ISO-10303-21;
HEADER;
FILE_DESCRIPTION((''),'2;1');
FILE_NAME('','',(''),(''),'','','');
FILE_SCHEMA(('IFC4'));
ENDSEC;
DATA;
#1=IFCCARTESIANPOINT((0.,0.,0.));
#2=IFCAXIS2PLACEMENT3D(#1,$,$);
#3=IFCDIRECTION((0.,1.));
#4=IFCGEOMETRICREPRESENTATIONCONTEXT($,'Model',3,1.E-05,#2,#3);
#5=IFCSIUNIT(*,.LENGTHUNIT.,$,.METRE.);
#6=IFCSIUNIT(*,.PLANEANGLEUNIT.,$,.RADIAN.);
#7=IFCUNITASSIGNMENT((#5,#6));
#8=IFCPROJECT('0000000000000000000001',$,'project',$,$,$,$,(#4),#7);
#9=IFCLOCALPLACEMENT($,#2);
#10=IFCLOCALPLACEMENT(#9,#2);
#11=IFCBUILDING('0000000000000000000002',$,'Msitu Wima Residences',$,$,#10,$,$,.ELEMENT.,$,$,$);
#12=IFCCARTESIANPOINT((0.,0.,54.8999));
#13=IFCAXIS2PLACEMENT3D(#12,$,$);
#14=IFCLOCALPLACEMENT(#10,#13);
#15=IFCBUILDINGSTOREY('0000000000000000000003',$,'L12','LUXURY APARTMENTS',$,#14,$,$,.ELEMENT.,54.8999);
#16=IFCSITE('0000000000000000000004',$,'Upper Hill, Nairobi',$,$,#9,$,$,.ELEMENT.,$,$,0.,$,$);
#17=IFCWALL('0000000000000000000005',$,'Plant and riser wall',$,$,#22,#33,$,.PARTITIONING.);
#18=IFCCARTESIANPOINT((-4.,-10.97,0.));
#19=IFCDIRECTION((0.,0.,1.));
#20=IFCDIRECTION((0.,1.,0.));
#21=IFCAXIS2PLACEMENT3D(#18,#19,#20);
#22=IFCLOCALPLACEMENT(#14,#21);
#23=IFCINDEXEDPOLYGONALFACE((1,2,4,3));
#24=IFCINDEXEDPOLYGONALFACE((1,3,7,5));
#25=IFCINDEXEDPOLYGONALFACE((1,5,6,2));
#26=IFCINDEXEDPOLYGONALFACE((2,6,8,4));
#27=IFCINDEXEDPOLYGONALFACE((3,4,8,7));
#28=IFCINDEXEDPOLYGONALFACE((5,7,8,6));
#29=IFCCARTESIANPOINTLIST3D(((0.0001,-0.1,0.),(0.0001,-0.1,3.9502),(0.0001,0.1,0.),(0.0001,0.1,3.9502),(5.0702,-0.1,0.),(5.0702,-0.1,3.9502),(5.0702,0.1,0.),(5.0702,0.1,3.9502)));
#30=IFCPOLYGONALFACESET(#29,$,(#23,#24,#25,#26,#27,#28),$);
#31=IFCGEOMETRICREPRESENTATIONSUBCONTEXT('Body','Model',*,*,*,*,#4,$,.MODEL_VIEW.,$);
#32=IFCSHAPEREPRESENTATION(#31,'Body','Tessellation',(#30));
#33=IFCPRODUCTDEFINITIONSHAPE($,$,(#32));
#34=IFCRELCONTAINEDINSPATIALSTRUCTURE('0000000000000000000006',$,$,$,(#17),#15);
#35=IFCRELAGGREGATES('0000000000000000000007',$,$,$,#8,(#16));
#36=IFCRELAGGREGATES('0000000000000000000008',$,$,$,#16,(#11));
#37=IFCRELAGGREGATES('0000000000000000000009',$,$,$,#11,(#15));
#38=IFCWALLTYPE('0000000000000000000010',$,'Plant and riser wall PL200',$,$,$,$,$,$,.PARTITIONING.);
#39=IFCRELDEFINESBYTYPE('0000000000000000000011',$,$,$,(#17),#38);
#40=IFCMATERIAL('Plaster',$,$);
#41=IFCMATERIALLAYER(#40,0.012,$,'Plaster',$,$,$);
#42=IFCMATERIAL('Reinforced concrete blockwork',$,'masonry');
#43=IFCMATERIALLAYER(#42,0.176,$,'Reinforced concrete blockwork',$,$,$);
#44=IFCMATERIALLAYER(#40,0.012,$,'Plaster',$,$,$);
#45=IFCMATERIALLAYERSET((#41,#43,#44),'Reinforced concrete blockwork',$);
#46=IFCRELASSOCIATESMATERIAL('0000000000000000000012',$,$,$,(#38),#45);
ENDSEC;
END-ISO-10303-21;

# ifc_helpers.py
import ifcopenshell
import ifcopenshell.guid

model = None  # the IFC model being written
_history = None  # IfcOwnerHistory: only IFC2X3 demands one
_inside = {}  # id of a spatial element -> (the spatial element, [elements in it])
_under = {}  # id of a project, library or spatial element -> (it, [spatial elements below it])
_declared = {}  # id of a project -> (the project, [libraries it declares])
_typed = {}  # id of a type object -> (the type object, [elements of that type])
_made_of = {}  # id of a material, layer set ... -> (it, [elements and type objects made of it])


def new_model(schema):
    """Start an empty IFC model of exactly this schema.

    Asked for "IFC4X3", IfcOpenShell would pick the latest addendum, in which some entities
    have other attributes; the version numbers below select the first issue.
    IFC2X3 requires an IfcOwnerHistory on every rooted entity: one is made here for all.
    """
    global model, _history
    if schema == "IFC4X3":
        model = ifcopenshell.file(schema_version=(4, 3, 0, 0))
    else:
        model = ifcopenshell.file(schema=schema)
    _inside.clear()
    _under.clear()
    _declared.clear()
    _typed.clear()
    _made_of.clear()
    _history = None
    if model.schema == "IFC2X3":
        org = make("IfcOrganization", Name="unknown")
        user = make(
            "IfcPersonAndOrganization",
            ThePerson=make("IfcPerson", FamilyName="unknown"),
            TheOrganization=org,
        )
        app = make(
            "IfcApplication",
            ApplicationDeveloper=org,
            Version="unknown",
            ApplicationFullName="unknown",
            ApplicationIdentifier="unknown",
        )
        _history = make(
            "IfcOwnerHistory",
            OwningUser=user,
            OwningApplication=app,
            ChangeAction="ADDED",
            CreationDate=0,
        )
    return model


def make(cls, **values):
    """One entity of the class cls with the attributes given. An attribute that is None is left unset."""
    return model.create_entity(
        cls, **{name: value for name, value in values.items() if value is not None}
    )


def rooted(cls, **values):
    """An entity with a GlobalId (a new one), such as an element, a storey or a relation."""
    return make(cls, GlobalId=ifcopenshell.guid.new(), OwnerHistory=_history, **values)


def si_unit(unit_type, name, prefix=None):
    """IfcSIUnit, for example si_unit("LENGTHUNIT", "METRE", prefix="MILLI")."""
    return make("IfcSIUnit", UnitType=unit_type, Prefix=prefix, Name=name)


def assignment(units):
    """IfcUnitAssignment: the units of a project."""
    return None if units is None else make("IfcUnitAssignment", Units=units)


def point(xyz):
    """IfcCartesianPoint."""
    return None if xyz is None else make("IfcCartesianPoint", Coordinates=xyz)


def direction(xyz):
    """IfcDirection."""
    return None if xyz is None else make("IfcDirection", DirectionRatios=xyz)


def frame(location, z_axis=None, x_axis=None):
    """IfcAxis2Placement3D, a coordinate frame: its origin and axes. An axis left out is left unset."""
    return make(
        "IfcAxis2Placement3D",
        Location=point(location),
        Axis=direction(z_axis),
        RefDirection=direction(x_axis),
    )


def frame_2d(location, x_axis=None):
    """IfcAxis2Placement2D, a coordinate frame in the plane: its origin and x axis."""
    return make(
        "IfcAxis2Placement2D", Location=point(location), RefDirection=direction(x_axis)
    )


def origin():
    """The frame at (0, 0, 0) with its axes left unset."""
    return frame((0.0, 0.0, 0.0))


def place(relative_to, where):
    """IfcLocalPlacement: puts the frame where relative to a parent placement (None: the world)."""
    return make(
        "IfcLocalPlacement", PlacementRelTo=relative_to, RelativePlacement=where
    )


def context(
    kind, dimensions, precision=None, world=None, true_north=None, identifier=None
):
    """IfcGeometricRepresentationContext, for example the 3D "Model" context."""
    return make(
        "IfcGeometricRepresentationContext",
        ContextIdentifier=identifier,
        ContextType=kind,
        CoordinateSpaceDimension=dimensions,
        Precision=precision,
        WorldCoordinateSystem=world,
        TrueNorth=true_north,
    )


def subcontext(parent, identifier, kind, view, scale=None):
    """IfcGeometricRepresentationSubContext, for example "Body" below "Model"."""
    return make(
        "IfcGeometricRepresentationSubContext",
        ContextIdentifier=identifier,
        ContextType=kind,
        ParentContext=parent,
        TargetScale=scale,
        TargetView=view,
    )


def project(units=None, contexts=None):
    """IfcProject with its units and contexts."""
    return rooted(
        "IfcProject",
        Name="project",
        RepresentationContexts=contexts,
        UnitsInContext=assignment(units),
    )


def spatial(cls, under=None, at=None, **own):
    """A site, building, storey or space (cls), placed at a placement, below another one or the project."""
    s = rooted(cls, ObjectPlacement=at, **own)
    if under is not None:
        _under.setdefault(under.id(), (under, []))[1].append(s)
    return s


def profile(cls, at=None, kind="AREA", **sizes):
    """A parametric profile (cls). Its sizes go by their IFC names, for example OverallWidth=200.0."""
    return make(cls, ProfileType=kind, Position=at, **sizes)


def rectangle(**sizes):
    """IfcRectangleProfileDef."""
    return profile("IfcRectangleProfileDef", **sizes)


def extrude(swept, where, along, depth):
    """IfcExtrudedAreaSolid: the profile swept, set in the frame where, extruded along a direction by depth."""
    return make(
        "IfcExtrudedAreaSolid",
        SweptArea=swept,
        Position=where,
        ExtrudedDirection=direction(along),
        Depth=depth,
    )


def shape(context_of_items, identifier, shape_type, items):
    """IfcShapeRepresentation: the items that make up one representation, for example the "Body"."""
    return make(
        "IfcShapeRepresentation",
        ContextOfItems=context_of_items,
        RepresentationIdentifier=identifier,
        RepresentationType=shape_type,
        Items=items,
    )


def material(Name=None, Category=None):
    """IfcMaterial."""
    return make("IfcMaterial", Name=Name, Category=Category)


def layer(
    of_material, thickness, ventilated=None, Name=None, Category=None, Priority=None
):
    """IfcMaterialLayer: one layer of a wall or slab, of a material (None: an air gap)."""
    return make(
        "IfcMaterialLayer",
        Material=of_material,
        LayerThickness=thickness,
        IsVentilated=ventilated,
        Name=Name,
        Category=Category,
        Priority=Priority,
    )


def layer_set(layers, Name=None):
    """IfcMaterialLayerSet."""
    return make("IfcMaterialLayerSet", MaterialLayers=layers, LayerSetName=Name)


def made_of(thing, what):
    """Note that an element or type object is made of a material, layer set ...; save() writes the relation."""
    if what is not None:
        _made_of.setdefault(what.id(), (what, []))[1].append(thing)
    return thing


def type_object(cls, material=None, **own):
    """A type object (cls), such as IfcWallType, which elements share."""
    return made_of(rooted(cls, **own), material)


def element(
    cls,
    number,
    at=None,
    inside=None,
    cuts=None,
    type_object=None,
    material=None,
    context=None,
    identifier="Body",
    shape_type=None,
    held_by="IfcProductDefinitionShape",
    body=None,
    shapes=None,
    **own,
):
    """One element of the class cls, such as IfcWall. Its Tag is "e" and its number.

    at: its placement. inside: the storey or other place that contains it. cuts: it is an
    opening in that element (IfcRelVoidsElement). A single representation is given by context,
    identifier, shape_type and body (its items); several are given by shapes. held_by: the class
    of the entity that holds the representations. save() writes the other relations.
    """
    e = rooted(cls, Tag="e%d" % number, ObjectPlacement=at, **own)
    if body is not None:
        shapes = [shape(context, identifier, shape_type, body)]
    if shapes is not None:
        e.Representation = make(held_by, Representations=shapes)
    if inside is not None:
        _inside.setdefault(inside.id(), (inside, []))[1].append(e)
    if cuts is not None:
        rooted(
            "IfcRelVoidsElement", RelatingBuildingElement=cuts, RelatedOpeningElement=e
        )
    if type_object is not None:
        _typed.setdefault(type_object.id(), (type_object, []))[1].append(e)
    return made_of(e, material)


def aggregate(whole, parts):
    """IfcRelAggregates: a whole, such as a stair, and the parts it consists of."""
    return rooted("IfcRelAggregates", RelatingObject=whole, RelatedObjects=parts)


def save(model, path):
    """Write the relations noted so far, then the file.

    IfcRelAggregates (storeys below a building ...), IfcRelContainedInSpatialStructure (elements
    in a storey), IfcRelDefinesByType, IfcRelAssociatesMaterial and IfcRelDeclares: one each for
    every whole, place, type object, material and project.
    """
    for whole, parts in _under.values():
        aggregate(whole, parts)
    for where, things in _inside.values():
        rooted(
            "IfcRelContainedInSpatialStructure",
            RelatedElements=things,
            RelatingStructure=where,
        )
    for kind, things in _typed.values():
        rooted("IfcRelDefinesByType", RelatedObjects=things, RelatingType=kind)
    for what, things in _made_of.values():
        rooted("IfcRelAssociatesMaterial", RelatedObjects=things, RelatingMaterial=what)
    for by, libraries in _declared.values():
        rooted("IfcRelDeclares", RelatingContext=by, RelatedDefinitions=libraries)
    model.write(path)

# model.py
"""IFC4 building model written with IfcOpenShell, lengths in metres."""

from ifc_helpers import new_model, si_unit, direction, frame, frame_2d, origin, place, context, subcontext, project, spatial, rectangle, extrude, material, layer, layer_set, type_object, element, save


model = new_model("IFC4")

# Units and contexts
model_context = context("Model", 3, precision=1e-05, world=origin(), true_north=direction((0.0, 1.0)))
body_context = subcontext(model_context, "Body", "Model", "MODEL_VIEW")
ifc_project = project(units=[si_unit("LENGTHUNIT", "METRE"), si_unit("PLANEANGLEUNIT", "RADIAN")], contexts=[model_context])

# Site, building, storey
site_placement = place(None, origin())
site = spatial("IfcSite", under=ifc_project, at=site_placement, Name="Upper Hill, Nairobi", CompositionType="ELEMENT", RefElevation=0.0)
building_placement = place(site_placement, origin())
building = spatial("IfcBuilding", under=site, at=building_placement, Name="Msitu Wima Residences", CompositionType="ELEMENT")
storey_placement = place(building_placement, frame((0.0, 0.0, 54.8999)))
storey = spatial("IfcBuildingStorey", under=building, at=storey_placement, Name="L12", Description="LUXURY APARTMENTS", CompositionType="ELEMENT", Elevation=54.8999)

# Wall
ifc_material_1 = material(Name="Plaster")
ifc_layer_1 = layer(ifc_material_1, 0.012, Name="Plaster")
ifc_material_2 = material(Name="Reinforced concrete blockwork", Category="masonry")
ifc_layer_2 = layer(ifc_material_2, 0.176, Name="Reinforced concrete blockwork")
ifc_layer_3 = layer(ifc_material_1, 0.012, Name="Plaster")
ifc_layer_set_1 = layer_set([ifc_layer_1, ifc_layer_2, ifc_layer_3], Name="Reinforced concrete blockwork")
wall_type_1 = type_object("IfcWallType", Name="Plant and riser wall PL200", PredefinedType="PARTITIONING", material=ifc_layer_set_1)
wall_1_placement = place(storey_placement, frame((-4.0, -10.97, 0.0), z_axis=(0.0, 0.0, 1.0), x_axis=(0.0, 1.0, 0.0)))
element("IfcWall", 1, at=wall_1_placement, inside=storey, type_object=wall_type_1, Name="Plant and riser wall", PredefinedType="PARTITIONING", context=body_context, shape_type="SweptSolid", body=[
    extrude(rectangle(XDim=5.0701, YDim=0.2, at=frame_2d((2.5352, 0.0))), origin(), (0.0, 0.0, 1.0), 3.9502),
])

save(model, "model.ifc")
